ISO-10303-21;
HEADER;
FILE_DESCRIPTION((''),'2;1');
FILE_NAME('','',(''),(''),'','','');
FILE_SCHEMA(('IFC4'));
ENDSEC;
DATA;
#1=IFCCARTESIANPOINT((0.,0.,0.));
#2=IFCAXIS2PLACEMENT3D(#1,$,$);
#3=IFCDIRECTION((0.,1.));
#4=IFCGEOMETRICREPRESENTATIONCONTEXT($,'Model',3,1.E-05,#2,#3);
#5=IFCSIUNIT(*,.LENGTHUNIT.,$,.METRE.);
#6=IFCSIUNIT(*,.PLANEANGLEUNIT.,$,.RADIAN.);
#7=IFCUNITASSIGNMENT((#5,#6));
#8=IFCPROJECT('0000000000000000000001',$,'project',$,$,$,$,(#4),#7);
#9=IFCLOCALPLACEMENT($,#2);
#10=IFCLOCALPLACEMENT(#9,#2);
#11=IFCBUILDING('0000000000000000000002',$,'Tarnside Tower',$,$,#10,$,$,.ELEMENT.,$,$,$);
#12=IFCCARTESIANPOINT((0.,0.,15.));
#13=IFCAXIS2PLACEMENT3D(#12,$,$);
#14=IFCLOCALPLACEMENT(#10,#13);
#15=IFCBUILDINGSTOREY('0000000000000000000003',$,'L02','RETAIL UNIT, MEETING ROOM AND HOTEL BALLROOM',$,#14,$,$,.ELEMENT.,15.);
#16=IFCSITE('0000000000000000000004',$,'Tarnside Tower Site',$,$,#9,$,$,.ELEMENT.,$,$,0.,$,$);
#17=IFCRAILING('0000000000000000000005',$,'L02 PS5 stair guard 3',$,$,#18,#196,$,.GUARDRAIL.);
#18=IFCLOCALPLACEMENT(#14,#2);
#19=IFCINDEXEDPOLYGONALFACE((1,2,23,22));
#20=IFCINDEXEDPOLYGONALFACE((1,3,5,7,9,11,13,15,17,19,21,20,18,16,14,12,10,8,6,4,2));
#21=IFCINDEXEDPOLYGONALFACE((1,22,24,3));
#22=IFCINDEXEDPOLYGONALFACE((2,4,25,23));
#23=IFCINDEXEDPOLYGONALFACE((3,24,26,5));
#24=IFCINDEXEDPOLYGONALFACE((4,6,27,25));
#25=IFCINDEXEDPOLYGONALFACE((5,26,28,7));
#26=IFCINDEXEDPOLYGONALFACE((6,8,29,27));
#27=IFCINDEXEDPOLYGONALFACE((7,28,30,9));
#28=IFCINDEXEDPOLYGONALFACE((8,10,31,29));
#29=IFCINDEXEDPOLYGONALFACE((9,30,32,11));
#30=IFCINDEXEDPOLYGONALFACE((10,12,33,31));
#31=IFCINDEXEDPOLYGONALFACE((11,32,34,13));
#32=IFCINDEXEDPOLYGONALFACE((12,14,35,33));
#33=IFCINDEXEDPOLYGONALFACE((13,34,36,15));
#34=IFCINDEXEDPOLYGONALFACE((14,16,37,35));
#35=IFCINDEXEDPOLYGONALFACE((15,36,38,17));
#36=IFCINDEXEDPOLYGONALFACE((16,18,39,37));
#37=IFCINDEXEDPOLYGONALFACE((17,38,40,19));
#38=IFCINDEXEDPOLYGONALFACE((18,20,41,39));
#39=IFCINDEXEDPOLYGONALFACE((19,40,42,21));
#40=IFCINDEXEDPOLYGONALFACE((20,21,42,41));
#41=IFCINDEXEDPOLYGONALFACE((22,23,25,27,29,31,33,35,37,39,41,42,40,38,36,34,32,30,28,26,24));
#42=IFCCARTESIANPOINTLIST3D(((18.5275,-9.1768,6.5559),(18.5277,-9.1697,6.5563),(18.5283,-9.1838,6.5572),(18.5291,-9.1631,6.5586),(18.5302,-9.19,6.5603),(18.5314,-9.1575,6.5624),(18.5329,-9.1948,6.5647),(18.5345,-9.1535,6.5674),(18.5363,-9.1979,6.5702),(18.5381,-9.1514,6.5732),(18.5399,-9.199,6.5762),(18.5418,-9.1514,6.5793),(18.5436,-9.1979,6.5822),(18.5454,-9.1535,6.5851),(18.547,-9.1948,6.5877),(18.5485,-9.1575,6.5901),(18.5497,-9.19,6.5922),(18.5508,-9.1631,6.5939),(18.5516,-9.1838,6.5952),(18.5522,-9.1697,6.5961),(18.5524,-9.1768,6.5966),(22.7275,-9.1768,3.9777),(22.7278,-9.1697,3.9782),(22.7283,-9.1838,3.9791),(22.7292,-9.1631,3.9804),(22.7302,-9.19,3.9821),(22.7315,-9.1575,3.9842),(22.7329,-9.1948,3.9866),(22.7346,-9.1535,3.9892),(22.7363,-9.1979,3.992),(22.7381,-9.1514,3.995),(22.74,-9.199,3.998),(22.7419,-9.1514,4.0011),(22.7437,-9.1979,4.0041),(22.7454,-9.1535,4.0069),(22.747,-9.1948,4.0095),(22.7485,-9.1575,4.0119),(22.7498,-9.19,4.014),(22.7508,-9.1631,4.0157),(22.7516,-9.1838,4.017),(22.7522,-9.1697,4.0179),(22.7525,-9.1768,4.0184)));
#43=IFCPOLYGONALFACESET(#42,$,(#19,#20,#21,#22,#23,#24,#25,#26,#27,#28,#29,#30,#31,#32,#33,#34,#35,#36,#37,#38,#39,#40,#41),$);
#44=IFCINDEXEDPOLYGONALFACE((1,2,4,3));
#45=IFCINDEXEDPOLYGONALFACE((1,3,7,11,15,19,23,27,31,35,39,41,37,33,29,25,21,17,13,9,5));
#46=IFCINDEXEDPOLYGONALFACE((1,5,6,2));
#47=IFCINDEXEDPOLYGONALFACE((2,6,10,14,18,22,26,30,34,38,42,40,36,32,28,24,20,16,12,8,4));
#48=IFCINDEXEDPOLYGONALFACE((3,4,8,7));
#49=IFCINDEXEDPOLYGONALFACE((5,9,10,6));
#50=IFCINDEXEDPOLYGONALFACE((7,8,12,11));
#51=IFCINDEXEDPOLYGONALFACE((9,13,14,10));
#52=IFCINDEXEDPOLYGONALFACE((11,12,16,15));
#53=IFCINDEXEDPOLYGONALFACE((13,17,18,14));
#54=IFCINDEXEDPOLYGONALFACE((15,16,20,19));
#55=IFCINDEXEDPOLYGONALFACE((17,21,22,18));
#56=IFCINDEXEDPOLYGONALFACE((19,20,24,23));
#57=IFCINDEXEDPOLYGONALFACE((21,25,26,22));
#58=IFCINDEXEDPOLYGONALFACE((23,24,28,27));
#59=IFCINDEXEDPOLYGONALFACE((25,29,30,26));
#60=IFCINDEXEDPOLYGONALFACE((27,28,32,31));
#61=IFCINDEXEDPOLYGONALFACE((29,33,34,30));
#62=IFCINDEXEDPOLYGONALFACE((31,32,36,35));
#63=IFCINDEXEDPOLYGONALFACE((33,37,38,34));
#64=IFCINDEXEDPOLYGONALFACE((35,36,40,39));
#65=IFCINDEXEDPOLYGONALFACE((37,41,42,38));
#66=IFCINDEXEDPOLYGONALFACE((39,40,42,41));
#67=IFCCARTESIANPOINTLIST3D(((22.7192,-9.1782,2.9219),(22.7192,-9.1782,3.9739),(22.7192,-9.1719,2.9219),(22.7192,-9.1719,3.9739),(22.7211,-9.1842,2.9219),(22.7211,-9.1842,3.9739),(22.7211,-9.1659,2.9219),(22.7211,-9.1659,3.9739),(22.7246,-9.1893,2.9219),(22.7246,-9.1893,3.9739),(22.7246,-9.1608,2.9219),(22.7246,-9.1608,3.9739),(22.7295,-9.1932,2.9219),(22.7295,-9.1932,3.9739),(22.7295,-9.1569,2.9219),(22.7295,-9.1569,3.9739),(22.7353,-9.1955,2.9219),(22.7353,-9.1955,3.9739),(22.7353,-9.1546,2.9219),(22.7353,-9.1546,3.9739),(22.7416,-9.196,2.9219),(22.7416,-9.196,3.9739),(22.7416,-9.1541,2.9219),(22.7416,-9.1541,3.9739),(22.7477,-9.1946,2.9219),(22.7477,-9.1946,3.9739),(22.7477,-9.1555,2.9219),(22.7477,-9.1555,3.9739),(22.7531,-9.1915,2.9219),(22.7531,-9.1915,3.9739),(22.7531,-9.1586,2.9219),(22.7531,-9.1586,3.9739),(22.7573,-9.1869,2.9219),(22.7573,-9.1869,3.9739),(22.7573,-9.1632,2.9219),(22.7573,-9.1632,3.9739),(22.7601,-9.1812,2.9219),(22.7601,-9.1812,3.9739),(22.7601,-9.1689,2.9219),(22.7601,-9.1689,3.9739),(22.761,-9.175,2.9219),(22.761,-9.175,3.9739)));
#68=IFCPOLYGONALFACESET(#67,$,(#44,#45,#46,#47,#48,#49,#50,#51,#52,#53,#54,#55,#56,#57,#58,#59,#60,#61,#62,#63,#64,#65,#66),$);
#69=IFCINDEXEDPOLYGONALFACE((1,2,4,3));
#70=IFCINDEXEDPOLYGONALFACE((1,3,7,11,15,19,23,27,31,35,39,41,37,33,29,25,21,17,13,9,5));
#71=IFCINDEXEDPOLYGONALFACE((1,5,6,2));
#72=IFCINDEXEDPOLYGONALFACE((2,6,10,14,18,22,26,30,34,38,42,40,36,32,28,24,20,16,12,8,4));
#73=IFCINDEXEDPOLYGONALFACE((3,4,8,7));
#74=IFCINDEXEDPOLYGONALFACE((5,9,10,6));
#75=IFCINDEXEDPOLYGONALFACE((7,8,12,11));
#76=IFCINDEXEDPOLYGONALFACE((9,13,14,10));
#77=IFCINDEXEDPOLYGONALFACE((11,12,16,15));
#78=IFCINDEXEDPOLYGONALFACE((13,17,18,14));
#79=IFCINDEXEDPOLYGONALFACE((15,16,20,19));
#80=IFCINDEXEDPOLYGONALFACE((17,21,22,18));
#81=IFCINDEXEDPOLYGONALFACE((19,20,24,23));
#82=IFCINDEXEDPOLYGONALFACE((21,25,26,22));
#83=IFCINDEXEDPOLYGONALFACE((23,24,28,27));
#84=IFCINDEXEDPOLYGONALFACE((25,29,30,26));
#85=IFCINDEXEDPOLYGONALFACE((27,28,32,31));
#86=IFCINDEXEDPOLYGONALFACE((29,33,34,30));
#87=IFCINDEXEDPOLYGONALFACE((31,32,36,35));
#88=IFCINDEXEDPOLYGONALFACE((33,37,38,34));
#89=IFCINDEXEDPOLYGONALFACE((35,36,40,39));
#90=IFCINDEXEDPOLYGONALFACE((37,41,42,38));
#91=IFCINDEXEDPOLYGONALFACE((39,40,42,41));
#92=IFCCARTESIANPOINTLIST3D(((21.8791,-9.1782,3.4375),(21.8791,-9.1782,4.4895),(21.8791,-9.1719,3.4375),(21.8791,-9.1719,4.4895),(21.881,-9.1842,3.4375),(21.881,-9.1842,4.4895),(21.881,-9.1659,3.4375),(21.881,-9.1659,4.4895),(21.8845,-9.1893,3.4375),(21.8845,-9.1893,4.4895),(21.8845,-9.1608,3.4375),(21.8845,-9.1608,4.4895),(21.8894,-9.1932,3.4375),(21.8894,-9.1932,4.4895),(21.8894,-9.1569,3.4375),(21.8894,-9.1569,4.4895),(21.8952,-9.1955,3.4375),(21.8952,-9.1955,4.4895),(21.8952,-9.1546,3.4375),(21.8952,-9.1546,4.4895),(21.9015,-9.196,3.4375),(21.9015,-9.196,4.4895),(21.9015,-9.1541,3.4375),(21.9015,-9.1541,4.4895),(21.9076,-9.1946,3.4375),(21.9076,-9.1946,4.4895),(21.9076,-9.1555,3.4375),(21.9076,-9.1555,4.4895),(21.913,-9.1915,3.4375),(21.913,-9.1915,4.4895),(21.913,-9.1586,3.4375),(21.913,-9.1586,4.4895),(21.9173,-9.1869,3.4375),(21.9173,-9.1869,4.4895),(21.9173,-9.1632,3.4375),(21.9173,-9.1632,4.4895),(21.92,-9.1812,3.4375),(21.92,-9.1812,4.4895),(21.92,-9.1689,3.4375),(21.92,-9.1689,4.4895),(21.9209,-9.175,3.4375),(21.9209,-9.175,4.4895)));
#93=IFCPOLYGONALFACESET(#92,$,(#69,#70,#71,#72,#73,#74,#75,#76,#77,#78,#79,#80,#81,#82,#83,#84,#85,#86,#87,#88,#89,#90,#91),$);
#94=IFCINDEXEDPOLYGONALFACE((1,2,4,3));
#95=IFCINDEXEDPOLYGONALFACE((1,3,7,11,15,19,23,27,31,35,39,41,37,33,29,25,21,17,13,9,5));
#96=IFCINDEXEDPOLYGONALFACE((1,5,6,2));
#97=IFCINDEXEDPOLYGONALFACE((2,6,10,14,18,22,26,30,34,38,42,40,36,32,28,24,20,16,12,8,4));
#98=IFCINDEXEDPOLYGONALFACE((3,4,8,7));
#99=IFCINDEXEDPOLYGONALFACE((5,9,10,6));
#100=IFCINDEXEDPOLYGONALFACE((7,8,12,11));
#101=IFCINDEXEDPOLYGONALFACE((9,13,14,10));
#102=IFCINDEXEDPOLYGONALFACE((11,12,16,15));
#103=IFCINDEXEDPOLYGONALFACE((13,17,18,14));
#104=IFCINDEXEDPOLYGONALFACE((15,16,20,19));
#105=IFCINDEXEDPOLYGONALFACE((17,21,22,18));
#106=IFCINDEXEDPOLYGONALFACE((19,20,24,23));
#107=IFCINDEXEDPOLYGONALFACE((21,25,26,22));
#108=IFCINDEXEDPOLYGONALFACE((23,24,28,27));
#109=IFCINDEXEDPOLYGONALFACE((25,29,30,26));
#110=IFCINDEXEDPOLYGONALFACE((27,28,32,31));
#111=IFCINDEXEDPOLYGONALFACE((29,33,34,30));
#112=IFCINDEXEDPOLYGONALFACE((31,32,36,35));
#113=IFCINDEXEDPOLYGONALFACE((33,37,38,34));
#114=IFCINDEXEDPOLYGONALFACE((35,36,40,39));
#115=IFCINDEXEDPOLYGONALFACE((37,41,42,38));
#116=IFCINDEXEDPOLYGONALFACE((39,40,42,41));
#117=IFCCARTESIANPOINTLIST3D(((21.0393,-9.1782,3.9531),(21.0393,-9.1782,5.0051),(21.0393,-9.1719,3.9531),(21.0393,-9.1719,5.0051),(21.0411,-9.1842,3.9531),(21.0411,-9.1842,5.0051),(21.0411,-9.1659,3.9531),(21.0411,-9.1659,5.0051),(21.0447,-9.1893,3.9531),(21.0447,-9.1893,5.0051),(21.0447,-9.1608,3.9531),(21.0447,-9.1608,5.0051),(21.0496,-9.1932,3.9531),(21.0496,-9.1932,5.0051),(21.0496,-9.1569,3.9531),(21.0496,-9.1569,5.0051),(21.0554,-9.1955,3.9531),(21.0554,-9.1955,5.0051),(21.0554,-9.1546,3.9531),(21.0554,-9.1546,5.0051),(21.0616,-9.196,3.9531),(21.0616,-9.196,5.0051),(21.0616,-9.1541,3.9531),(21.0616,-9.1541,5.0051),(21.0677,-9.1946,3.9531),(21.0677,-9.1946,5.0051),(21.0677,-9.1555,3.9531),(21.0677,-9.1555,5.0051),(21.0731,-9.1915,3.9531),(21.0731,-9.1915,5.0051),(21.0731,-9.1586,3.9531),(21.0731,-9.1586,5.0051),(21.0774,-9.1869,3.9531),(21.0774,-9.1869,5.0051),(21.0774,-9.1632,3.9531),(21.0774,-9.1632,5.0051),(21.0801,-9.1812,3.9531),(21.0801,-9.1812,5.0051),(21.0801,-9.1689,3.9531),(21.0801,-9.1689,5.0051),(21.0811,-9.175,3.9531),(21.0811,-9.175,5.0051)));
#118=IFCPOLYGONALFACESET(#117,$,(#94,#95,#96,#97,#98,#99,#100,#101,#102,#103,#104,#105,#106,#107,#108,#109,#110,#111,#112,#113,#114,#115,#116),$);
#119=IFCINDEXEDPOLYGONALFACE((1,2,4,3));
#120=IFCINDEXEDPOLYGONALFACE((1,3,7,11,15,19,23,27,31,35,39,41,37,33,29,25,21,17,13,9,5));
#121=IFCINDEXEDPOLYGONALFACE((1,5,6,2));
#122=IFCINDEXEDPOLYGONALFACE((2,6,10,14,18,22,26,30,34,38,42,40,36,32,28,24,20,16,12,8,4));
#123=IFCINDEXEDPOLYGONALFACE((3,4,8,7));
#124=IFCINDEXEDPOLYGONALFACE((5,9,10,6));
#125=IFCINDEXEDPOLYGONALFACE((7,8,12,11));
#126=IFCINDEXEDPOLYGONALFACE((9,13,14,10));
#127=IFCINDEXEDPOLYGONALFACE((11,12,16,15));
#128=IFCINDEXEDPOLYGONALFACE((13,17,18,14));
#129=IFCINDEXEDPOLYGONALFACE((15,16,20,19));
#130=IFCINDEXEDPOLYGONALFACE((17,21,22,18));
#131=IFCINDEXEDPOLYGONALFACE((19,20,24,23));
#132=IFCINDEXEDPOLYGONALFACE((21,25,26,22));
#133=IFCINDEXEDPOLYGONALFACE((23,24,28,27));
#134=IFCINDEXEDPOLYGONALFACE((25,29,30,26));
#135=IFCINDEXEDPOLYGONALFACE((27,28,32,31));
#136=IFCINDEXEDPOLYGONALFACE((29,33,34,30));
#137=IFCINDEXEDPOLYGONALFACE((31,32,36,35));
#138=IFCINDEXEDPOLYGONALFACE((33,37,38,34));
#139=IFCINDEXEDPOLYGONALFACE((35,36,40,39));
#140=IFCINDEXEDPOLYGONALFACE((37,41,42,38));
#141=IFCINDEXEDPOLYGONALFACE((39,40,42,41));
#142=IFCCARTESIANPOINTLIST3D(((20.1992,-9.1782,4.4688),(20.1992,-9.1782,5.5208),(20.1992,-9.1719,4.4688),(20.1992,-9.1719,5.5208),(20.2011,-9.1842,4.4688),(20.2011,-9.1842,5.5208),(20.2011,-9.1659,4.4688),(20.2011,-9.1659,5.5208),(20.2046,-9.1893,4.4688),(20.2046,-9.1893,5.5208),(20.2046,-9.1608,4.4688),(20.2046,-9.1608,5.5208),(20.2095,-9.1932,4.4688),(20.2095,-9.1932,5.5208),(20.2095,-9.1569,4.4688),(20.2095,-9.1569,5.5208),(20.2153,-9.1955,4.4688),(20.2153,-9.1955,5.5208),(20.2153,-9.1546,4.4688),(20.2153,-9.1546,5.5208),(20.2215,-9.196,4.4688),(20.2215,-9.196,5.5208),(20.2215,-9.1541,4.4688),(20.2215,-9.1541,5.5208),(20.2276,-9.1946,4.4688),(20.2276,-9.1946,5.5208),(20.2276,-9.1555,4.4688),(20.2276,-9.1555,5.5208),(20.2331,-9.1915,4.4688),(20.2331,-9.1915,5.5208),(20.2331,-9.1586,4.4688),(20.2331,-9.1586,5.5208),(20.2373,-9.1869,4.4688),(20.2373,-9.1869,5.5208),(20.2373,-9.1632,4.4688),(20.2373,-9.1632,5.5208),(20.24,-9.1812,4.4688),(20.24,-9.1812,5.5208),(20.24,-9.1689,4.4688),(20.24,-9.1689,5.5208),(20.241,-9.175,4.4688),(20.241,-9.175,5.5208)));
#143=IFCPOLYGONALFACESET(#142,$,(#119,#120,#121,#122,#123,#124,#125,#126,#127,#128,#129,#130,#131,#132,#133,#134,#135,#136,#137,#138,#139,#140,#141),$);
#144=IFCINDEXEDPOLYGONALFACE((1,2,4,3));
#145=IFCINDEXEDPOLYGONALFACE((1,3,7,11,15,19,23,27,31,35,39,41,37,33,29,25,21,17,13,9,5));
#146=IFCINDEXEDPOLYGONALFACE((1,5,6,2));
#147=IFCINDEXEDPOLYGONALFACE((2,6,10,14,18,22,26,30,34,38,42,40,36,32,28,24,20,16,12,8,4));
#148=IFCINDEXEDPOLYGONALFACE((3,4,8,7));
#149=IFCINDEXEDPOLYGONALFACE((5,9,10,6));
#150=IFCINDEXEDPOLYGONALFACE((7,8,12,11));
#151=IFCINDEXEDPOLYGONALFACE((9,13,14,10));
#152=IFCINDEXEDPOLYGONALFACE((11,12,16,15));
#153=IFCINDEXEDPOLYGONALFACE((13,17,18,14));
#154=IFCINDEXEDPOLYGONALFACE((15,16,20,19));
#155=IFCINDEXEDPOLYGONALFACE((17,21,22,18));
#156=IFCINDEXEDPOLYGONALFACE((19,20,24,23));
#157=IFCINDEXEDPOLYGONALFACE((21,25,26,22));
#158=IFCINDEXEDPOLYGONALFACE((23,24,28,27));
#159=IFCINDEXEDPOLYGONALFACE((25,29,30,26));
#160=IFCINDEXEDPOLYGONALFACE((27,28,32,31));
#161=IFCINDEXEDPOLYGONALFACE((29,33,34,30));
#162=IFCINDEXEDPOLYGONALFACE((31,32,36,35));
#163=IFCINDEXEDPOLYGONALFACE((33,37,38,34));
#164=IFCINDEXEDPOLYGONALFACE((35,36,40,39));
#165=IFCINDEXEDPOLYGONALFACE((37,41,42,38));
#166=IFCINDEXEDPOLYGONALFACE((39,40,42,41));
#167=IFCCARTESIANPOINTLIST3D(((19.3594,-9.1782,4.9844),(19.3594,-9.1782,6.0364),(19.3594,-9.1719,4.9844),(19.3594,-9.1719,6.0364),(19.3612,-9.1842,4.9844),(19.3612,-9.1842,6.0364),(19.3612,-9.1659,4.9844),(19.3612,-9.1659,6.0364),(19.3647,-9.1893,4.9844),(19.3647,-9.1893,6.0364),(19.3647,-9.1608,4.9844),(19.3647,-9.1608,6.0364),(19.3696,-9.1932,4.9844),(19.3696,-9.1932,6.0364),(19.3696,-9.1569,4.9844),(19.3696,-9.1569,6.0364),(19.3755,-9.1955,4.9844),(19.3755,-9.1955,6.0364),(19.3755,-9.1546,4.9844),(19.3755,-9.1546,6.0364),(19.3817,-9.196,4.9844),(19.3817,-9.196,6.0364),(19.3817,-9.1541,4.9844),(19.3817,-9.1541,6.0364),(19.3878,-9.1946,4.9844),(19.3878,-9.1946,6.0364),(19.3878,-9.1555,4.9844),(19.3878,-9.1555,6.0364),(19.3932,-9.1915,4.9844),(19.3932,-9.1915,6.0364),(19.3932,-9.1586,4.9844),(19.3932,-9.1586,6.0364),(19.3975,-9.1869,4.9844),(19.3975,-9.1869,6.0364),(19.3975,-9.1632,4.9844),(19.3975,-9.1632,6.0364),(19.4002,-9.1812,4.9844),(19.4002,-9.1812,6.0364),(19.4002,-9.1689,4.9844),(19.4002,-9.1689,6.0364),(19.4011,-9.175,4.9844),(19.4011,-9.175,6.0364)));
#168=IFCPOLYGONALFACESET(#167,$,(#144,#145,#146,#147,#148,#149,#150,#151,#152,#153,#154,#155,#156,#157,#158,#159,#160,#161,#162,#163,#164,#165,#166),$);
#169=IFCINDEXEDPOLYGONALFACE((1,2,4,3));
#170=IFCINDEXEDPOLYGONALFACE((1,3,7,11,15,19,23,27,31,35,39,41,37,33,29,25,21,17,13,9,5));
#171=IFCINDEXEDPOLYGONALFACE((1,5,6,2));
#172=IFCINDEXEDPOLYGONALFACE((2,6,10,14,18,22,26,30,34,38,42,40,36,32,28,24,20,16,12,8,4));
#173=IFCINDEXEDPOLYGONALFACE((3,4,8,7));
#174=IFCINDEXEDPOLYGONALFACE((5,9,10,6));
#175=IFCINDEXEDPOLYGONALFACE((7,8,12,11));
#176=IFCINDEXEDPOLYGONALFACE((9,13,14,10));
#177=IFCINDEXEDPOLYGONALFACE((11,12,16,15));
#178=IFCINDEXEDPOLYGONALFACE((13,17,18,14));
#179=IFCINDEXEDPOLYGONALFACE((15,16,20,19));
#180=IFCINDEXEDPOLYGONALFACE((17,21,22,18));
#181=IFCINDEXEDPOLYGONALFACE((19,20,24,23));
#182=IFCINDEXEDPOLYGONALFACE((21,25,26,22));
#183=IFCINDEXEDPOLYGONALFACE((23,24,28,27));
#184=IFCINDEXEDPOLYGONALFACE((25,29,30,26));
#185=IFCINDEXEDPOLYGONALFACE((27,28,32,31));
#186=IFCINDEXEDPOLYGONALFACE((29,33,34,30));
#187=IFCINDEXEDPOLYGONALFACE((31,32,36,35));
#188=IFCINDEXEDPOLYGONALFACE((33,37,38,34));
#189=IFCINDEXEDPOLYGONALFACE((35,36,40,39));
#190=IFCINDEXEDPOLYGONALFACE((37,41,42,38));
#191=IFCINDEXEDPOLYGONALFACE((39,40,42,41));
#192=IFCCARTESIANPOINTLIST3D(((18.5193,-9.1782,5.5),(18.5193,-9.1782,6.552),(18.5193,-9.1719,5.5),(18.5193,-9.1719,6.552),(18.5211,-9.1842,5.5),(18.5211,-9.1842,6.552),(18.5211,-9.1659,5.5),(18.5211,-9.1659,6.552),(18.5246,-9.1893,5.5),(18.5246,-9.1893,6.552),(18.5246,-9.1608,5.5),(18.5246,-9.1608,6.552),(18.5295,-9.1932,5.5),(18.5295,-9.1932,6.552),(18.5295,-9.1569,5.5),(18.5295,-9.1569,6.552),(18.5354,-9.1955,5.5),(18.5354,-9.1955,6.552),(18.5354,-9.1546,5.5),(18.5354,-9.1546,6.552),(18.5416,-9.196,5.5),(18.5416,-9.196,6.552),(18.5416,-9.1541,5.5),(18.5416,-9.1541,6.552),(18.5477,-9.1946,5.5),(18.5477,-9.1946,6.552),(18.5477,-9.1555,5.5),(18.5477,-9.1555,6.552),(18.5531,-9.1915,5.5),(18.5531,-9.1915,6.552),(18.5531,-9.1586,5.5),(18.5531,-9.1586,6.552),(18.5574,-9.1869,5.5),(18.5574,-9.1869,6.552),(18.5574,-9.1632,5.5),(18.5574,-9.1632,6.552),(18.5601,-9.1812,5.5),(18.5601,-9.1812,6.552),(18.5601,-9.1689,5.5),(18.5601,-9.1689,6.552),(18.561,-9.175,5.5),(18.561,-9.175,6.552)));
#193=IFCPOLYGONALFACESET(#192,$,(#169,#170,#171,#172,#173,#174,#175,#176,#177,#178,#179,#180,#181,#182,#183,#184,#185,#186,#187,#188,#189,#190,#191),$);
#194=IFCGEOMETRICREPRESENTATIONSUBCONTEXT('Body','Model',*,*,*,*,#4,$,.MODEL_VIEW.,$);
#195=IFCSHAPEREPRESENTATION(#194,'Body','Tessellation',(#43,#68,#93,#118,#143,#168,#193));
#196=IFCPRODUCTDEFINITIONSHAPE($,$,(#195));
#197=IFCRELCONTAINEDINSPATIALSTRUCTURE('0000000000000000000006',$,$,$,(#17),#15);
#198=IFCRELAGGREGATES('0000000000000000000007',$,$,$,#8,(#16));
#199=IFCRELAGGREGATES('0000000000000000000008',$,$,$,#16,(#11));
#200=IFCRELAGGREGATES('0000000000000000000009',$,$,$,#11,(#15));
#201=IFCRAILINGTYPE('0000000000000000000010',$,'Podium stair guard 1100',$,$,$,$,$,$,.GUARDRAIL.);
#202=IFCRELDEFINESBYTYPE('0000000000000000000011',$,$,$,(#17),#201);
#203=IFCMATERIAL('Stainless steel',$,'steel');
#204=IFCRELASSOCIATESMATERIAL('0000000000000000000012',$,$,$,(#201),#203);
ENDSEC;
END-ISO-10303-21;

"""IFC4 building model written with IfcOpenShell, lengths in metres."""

from ifc_helpers import new_model, si_unit, direction, frame, origin, origin_2d, place, context, subcontext, project, spatial, circle, extrude, material, type_object, element, save


model = new_model("IFC4")

# Units and contexts
model_context = context("Model", 3, precision=1e-05, world=origin(), true_north=direction((0.0, 1.0)))
body_context = subcontext(model_context, "Body", "Model", "MODEL_VIEW")
ifc_project = project(units=[si_unit("LENGTHUNIT", "METRE"), si_unit("PLANEANGLEUNIT", "RADIAN")], contexts=[model_context])

# Site, building, storey
site_placement = place(None, origin())
site = spatial("IfcSite", under=ifc_project, at=site_placement, Name="Tarnside Tower Site", CompositionType="ELEMENT", RefElevation=0.0)
building_placement = place(site_placement, origin())
building = spatial("IfcBuilding", under=site, at=building_placement, Name="Tarnside Tower", CompositionType="ELEMENT")
storey_placement = place(building_placement, frame((0.0, 0.0, 15.0)))
storey = spatial("IfcBuildingStorey", under=building, at=storey_placement, Name="L02", Description="RETAIL UNIT, MEETING ROOM AND HOTEL BALLROOM", CompositionType="ELEMENT", Elevation=15.0)

# Railing
ifc_material_1 = material(Name="Stainless steel", Category="steel")
railing_type_1 = type_object("IfcRailingType", Name="Podium stair guard 1100", PredefinedType="GUARDRAIL", material=ifc_material_1)
railing_1_placement = place(storey_placement, frame((22.74, -9.175, 2.9219)))
element("IfcRailing", 1, at=railing_1_placement, inside=storey, type_object=railing_type_1, Name="L02 PS5 stair guard 3", PredefinedType="GUARDRAIL", context=body_context, shape_type="SweptSolid", body=[
    extrude(circle(Radius=0.0239, at=origin_2d()), frame((0.0, 0.0, 1.0762), z_axis=(-0.852243, 0.0, 0.523146), x_axis=(0.0, -1.0, 0.0)), (0.0, 0.0, 1.0), 4.9282),
    extrude(circle(Radius=0.021, at=origin_2d()), origin(), (0.0, 0.0, 1.0), 1.052),
    extrude(circle(Radius=0.021, at=origin_2d()), frame((-0.8401, 0.0, 0.5156)), (0.0, 0.0, 1.0), 1.052),
    extrude(circle(Radius=0.021, at=origin_2d()), frame((-1.6799, 0.0, 1.0312)), (0.0, 0.0, 1.0), 1.052),
    extrude(circle(Radius=0.021, at=origin_2d()), frame((-2.52, 0.0, 1.5469)), (0.0, 0.0, 1.0), 1.052),
    extrude(circle(Radius=0.021, at=origin_2d()), frame((-3.3599, 0.0, 2.0625)), (0.0, 0.0, 1.0), 1.052),
    extrude(circle(Radius=0.021, at=origin_2d()), frame((-4.2, 0.0, 2.5781)), (0.0, 0.0, 1.0), 1.052),
])

save(model, "model.ifc")
